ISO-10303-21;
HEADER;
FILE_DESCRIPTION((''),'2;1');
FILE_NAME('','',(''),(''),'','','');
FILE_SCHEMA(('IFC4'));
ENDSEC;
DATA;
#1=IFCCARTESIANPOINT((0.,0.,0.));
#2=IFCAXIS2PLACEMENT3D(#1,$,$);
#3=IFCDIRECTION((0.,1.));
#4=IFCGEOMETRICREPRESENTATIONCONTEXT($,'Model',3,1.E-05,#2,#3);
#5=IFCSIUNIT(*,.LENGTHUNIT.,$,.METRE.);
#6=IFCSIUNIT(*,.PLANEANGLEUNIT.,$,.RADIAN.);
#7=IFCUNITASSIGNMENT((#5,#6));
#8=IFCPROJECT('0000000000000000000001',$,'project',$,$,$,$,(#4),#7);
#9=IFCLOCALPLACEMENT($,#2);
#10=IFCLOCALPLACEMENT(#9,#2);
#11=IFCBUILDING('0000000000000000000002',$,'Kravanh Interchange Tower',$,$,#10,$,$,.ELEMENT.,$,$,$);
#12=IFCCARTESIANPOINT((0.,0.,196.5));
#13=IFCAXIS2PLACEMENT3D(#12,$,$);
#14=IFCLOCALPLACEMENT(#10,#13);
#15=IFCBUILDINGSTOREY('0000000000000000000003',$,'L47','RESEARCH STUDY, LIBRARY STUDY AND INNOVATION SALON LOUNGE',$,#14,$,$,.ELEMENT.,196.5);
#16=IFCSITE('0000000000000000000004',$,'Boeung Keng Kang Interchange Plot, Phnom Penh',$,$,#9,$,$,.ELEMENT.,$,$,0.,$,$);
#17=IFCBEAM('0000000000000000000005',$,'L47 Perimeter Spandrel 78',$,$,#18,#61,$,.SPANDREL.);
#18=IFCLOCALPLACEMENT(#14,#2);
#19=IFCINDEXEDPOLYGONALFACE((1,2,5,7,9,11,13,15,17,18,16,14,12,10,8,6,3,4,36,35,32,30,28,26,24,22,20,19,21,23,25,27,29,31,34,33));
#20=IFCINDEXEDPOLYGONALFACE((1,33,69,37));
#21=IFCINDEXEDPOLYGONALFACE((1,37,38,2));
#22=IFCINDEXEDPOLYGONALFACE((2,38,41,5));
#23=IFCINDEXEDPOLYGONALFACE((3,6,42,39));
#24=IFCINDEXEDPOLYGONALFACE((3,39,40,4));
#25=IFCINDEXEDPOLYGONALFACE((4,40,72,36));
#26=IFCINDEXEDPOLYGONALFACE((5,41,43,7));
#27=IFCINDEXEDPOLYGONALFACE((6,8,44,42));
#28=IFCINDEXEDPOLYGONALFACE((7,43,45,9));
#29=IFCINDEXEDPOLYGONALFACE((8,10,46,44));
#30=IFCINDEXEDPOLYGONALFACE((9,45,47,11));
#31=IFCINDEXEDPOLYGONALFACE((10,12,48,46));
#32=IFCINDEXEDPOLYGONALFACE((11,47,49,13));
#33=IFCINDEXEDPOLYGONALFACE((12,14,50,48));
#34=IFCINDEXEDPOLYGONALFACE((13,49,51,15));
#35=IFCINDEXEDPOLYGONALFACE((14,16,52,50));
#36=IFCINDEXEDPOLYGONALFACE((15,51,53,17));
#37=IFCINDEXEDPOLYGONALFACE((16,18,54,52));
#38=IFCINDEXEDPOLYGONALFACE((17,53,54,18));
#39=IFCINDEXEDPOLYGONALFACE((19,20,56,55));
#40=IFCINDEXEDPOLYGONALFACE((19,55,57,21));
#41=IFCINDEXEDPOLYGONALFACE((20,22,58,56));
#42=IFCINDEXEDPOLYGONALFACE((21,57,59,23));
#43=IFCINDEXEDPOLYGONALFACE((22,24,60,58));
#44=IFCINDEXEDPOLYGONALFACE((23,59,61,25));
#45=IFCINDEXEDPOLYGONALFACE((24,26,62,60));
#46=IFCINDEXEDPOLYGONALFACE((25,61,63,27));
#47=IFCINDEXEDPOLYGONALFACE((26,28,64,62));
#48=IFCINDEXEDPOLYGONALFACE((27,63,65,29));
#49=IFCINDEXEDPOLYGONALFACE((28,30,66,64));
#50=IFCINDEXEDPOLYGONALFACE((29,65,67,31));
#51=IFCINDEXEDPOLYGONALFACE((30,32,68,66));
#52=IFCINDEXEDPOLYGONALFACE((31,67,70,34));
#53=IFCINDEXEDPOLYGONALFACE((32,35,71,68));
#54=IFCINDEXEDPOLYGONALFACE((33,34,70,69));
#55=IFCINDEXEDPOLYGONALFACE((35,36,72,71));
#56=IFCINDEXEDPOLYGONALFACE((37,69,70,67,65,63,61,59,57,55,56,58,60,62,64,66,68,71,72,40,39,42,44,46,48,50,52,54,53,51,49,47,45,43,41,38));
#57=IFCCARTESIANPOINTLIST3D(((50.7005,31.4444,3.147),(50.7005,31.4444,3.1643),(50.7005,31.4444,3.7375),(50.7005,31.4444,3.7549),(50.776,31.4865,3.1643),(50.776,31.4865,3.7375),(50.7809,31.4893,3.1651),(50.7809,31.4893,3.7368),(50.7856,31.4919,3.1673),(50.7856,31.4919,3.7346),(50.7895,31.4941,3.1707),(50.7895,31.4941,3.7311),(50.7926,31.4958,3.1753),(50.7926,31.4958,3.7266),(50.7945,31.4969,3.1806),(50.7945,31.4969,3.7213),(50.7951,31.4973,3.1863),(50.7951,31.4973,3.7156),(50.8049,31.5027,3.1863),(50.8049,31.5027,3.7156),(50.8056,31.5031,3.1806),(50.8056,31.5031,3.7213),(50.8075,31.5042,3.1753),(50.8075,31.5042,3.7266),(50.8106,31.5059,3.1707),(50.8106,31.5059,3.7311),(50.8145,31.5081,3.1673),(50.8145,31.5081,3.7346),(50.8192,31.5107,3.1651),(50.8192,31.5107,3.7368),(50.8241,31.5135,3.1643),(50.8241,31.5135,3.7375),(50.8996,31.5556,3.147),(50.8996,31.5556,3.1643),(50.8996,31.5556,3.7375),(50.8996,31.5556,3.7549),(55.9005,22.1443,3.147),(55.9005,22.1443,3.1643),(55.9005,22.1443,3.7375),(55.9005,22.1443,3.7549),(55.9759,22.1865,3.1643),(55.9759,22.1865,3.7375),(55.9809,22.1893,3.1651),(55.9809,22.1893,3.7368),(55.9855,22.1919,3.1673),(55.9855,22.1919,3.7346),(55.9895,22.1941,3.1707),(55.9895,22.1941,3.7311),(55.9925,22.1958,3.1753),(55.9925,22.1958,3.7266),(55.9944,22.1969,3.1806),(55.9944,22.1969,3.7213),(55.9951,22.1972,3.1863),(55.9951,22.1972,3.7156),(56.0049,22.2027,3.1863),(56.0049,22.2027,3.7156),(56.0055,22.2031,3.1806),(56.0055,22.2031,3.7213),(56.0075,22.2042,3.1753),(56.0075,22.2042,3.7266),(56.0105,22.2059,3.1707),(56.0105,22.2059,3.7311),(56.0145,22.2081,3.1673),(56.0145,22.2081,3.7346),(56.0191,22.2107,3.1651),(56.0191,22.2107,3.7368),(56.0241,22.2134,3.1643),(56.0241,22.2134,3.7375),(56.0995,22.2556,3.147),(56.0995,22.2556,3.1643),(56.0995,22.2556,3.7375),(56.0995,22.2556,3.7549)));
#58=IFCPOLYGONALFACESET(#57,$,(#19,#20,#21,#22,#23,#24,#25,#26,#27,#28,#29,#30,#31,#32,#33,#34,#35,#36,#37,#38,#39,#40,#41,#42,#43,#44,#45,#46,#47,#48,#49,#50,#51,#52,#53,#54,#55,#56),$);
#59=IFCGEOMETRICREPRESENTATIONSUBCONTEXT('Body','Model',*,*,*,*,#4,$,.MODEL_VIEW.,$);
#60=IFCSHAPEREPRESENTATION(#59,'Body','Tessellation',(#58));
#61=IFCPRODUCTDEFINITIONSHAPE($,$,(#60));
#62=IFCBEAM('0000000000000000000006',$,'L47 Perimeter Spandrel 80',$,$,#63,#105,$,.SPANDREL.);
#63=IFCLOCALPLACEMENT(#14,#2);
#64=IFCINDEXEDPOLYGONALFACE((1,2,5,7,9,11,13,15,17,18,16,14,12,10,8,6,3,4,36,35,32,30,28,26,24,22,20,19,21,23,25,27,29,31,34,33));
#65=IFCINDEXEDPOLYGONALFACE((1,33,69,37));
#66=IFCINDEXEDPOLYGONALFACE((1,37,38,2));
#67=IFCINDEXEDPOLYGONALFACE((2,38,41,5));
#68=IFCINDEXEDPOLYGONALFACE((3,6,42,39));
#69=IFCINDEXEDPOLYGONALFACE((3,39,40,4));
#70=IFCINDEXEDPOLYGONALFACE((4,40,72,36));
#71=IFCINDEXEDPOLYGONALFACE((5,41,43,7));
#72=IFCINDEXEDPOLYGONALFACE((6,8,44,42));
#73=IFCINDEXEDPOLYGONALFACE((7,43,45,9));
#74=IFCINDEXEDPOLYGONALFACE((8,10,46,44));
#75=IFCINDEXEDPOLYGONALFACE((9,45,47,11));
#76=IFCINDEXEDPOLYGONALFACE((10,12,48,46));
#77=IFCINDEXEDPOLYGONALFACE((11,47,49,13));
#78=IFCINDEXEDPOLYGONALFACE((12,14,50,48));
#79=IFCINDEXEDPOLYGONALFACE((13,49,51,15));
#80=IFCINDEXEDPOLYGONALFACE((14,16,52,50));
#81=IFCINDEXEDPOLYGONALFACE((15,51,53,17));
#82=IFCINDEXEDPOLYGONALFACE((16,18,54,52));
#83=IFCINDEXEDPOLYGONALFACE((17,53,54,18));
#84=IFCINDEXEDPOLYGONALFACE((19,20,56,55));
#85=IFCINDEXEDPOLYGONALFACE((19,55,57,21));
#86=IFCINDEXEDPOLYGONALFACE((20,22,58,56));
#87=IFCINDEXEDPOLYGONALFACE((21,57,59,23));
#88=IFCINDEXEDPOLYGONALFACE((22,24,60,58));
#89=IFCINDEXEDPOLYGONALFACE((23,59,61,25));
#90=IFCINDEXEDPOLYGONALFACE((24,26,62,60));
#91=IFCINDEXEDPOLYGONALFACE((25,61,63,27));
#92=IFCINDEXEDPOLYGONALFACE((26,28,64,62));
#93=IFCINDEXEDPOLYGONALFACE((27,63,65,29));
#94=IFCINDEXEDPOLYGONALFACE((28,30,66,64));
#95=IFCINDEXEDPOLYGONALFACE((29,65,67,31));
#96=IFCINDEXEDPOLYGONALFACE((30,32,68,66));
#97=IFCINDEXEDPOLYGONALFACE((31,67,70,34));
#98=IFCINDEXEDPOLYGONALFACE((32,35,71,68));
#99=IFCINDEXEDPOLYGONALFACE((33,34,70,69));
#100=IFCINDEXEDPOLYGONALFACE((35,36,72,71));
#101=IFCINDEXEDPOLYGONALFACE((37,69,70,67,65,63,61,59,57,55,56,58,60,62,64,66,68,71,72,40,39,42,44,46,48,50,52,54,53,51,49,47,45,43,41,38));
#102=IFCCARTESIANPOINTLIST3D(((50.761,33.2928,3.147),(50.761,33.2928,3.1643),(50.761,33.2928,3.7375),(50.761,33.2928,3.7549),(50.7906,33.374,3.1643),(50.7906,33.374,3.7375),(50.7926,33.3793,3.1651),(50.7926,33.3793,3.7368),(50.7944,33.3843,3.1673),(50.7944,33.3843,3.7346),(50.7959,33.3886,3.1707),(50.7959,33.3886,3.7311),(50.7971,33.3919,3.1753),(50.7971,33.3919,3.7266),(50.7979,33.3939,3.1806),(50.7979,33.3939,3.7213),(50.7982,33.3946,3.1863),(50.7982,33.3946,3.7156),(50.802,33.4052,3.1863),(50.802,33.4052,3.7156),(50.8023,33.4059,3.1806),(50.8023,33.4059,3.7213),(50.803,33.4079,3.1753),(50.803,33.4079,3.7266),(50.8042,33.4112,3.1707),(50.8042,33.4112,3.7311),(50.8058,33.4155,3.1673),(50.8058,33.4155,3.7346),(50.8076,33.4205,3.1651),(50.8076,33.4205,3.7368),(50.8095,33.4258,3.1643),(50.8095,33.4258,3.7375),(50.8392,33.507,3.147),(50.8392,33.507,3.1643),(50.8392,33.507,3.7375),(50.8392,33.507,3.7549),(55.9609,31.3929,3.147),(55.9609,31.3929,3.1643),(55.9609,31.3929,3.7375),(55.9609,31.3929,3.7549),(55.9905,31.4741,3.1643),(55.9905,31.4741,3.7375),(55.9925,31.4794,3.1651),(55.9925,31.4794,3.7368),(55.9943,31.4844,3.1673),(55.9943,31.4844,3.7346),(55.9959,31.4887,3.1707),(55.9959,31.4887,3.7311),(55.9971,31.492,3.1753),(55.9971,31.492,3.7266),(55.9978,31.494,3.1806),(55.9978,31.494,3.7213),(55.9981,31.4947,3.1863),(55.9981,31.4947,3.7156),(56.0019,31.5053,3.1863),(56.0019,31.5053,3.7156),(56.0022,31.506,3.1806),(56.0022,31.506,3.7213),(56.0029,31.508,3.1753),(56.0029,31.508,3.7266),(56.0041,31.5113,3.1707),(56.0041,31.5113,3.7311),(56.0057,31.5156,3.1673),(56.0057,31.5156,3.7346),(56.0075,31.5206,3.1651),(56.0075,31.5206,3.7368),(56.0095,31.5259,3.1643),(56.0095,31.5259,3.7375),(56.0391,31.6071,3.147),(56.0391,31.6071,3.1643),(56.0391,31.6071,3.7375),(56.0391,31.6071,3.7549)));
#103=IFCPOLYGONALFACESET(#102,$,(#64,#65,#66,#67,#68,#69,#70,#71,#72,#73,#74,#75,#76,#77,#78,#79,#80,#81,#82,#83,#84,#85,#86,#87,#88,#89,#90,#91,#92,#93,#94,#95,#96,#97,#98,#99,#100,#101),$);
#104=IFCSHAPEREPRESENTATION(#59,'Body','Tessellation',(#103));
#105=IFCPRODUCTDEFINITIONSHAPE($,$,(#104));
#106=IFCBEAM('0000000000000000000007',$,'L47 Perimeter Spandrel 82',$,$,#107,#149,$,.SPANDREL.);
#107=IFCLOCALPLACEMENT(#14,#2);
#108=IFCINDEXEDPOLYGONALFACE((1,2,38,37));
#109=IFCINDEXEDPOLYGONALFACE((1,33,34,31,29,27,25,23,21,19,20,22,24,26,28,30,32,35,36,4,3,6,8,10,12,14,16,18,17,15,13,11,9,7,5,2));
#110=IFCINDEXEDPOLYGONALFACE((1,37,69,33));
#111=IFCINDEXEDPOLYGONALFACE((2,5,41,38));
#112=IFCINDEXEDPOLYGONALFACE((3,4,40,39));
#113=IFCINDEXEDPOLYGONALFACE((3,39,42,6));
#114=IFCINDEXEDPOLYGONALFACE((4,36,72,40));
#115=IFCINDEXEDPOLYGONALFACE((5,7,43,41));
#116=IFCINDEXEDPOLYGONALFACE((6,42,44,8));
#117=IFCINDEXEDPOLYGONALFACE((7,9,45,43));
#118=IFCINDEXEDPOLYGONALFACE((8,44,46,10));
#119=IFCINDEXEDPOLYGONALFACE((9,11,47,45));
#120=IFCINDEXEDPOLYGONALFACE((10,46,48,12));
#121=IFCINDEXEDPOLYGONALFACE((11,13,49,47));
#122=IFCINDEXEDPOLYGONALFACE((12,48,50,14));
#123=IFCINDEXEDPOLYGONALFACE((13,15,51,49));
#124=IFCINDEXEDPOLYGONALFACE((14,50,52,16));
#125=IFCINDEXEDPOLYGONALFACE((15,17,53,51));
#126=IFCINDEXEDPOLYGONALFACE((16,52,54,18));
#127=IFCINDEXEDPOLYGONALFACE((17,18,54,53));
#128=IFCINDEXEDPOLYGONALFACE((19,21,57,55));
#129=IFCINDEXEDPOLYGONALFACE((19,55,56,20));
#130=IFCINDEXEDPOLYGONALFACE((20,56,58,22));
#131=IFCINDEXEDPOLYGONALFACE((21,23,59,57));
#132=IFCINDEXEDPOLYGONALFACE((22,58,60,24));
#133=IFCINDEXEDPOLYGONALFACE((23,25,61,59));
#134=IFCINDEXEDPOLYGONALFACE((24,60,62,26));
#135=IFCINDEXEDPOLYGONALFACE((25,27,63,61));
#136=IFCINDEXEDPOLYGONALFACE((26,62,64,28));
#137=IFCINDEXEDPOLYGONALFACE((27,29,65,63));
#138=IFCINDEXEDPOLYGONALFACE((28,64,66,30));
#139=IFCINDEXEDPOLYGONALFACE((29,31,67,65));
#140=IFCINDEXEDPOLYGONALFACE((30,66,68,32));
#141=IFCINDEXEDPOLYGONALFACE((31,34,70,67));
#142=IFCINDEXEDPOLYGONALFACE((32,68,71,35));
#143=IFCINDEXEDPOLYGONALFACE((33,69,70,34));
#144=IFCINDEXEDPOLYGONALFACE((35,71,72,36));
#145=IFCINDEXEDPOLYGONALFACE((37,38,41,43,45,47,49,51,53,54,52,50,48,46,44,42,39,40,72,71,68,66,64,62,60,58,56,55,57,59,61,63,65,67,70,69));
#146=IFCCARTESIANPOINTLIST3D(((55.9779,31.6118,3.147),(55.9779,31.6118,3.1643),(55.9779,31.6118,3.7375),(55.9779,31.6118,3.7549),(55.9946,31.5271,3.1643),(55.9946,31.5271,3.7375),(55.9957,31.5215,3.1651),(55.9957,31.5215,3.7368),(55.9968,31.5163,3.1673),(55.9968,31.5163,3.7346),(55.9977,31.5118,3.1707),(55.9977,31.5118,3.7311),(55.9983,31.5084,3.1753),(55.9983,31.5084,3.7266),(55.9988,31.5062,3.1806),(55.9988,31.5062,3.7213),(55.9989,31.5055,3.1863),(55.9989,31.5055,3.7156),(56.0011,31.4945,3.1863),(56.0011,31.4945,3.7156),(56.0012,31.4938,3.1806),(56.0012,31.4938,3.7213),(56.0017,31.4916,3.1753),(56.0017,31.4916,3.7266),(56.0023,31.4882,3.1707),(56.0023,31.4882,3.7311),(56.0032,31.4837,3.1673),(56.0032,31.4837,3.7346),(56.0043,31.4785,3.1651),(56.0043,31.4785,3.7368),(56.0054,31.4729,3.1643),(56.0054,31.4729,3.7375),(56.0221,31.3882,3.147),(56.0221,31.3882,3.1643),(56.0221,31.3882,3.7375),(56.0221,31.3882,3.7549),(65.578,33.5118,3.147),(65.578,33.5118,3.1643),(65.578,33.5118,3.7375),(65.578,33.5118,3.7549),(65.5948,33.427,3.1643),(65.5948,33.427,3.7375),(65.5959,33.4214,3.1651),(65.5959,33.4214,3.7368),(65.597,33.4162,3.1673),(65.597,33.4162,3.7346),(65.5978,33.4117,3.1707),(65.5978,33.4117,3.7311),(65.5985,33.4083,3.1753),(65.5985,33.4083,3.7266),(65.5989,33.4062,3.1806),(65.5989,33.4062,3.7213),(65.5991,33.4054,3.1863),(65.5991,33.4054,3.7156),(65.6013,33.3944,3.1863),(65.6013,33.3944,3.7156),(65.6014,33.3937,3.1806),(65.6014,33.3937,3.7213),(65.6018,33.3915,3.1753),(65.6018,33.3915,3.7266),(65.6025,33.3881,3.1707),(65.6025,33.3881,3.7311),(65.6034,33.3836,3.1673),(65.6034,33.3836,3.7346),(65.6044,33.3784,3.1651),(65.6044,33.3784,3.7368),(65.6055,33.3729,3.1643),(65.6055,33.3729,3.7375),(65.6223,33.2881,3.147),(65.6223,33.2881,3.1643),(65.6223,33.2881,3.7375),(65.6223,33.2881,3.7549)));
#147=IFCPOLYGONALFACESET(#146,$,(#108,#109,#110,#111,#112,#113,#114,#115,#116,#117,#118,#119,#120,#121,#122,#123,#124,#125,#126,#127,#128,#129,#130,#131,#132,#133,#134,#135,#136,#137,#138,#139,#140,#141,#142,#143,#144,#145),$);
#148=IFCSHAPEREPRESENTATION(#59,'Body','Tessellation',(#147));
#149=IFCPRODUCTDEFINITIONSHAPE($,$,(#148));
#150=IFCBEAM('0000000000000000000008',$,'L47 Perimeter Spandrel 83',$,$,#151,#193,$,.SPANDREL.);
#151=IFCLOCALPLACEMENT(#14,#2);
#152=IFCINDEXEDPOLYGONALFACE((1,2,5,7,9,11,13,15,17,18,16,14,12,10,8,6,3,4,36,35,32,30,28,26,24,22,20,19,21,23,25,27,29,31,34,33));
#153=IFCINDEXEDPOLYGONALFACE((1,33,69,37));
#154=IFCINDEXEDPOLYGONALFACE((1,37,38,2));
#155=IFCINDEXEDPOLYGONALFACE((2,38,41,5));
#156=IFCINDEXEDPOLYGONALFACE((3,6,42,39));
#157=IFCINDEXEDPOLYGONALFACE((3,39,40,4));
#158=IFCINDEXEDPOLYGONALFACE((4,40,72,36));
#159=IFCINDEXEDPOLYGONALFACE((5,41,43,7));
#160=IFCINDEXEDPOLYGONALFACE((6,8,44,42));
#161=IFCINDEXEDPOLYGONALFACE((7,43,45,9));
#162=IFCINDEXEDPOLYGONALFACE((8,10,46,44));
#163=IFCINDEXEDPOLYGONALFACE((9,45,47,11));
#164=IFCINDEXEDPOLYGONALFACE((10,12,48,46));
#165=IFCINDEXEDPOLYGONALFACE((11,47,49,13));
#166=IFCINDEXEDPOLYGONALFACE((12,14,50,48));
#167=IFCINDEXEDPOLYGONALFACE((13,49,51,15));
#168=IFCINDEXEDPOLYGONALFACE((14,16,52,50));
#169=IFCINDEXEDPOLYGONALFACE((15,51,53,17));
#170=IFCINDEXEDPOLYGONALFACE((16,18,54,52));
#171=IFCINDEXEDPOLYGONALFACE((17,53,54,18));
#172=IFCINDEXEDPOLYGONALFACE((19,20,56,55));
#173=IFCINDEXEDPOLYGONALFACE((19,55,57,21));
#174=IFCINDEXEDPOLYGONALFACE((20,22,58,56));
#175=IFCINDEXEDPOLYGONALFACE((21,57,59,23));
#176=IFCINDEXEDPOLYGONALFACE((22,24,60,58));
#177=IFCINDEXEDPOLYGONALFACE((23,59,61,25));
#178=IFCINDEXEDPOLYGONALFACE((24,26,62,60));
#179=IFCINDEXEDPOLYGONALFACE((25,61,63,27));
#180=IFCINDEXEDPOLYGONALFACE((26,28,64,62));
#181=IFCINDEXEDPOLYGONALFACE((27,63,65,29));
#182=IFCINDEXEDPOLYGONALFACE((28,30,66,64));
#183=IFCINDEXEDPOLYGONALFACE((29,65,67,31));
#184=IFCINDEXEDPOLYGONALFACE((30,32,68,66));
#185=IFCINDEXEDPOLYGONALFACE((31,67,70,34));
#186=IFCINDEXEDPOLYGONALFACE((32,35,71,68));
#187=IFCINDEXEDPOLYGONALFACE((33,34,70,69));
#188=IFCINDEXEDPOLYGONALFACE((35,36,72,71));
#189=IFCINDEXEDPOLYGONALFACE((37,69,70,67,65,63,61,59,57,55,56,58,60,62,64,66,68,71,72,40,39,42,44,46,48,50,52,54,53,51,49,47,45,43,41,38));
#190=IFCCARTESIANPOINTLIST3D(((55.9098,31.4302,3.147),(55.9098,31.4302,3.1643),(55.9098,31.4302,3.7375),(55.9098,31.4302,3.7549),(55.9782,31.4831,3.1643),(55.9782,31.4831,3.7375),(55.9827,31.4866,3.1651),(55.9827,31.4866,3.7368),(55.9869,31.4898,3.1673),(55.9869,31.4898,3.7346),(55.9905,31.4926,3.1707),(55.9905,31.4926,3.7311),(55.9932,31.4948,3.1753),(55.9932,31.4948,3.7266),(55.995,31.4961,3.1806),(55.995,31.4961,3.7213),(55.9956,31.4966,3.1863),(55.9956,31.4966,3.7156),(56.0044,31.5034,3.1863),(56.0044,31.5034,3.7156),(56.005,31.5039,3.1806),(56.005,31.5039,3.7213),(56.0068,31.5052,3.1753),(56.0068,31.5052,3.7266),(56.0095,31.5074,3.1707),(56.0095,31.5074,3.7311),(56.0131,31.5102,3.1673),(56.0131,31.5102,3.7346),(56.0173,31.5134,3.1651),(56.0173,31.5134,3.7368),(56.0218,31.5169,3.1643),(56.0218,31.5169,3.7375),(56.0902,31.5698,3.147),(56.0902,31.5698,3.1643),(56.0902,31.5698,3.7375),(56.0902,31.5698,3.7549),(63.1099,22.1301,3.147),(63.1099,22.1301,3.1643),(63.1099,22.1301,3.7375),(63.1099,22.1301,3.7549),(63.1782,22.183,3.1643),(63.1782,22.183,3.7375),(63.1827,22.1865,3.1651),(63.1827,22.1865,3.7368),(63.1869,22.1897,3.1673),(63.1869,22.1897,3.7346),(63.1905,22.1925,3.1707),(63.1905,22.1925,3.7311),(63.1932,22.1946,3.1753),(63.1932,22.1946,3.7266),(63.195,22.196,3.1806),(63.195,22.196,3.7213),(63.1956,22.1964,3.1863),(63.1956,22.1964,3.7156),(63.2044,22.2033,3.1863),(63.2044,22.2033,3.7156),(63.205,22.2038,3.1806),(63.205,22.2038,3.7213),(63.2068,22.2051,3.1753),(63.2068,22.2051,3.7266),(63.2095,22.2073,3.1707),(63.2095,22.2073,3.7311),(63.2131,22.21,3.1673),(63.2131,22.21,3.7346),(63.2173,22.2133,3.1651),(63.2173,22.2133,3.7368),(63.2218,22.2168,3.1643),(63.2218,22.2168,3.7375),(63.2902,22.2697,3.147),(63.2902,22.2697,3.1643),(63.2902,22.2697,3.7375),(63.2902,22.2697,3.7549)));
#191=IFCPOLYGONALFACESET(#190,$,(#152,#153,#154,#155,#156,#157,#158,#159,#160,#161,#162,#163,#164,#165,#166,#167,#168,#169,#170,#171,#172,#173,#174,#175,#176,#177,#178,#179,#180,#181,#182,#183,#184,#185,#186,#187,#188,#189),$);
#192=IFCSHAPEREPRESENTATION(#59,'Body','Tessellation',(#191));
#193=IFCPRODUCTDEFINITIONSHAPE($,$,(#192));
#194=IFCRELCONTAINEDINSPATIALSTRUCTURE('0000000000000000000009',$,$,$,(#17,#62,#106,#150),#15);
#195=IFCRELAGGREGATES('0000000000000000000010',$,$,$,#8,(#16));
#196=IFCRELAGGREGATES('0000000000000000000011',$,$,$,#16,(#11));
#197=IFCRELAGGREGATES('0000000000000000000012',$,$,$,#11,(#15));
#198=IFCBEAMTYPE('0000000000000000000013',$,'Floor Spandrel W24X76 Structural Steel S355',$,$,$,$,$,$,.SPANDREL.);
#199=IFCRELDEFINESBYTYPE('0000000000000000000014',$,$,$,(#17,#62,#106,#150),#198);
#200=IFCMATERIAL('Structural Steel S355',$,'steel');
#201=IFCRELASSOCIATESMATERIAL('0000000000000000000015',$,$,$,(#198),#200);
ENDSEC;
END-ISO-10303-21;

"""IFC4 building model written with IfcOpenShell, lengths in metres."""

from ifc_helpers import new_model, si_unit, direction, frame, origin, origin_2d, place, context, subcontext, project, spatial, i_section, extrude, material, material_profile, profile_set, type_object, element, save


model = new_model("IFC4")

# Units and contexts
model_context = context("Model", 3, precision=1e-05, world=origin(), true_north=direction((0.0, 1.0)))
body_context = subcontext(model_context, "Body", "Model", "MODEL_VIEW")
ifc_project = project(units=[si_unit("LENGTHUNIT", "METRE"), si_unit("PLANEANGLEUNIT", "RADIAN")], contexts=[model_context])

# Site, building, storey
site_placement = place(None, origin())
site = spatial("IfcSite", under=ifc_project, at=site_placement, Name="Boeung Keng Kang Interchange Plot, Phnom Penh", CompositionType="ELEMENT", RefElevation=0.0)
building_placement = place(site_placement, origin())
building = spatial("IfcBuilding", under=site, at=building_placement, Name="Kravanh Interchange Tower", CompositionType="ELEMENT")
storey_placement = place(building_placement, frame((0.0, 0.0, 196.5)))
storey = spatial("IfcBuildingStorey", under=building, at=storey_placement, Name="L47", Description="RESEARCH STUDY, LIBRARY STUDY AND INNOVATION SALON LOUNGE", CompositionType="ELEMENT", Elevation=196.5)

# Beams
ifc_material_1 = material(Name="Structural Steel S355", Category="steel")
ifc_material_profile_1 = material_profile(ifc_material_1, i_section(OverallWidth=0.228, OverallDepth=0.6079, WebThickness=0.0112, FlangeThickness=0.0173, FilletRadius=0.022, at=origin_2d()), Name="W24X76")
ifc_profile_set_1 = profile_set([ifc_material_profile_1], Name="Structural Steel S355")
beam_type_1 = type_object("IfcBeamType", Name="Floor Spandrel W24X76 Structural Steel S355", PredefinedType="SPANDREL", material=ifc_profile_set_1)
beam_1_placement = place(storey_placement, frame((50.8, 31.5, 3.4509), z_axis=(0.488026, -0.872829, 0.0), x_axis=(0.872829, 0.488026, 0.0)))
element("IfcBeam", 1, at=beam_1_placement, inside=storey, type_object=beam_type_1, Name="L47 Perimeter Spandrel 78", PredefinedType="SPANDREL", context=body_context, shape_type="SweptSolid", body=[
    extrude(i_section(OverallWidth=0.228, OverallDepth=0.6079, WebThickness=0.0112, FlangeThickness=0.0173, FilletRadius=0.022, at=origin_2d()), origin(), (0.0, 0.0, 1.0), 10.655),
])
beam_2_placement = place(storey_placement, frame((56.0, 31.5, 3.4509), z_axis=(-0.93927, 0.34318, 0.0), x_axis=(-0.34318, -0.93927, 0.0)))
element("IfcBeam", 2, at=beam_2_placement, inside=storey, type_object=beam_type_1, Name="L47 Perimeter Spandrel 80", PredefinedType="SPANDREL", context=body_context, shape_type="SweptSolid", body=[
    extrude(i_section(OverallWidth=0.228, OverallDepth=0.6079, WebThickness=0.0112, FlangeThickness=0.0173, FilletRadius=0.022, at=origin_2d()), origin(), (0.0, 0.0, 1.0), 5.5361),
])
beam_3_placement = place(storey_placement, frame((56.0, 31.5, 3.4509), z_axis=(0.980974, 0.194139, 0.0), x_axis=(-0.194139, 0.980974, 0.0)))
element("IfcBeam", 3, at=beam_3_placement, inside=storey, type_object=beam_type_1, Name="L47 Perimeter Spandrel 82", PredefinedType="SPANDREL", context=body_context, shape_type="SweptSolid", body=[
    extrude(i_section(OverallWidth=0.228, OverallDepth=0.6079, WebThickness=0.0112, FlangeThickness=0.0173, FilletRadius=0.022, at=origin_2d()), origin(), (0.0, 0.0, 1.0), 9.7864),
])
beam_4_placement = place(storey_placement, frame((56.0, 31.5, 3.4509), z_axis=(0.612169, -0.790727, 0.0), x_axis=(0.790727, 0.612169, 0.0)))
element("IfcBeam", 4, at=beam_4_placement, inside=storey, type_object=beam_type_1, Name="L47 Perimeter Spandrel 83", PredefinedType="SPANDREL", context=body_context, shape_type="SweptSolid", body=[
    extrude(i_section(OverallWidth=0.228, OverallDepth=0.6079, WebThickness=0.0112, FlangeThickness=0.0173, FilletRadius=0.022, at=origin_2d()), origin(), (0.0, 0.0, 1.0), 11.7615),
])

save(model, "model.ifc")
